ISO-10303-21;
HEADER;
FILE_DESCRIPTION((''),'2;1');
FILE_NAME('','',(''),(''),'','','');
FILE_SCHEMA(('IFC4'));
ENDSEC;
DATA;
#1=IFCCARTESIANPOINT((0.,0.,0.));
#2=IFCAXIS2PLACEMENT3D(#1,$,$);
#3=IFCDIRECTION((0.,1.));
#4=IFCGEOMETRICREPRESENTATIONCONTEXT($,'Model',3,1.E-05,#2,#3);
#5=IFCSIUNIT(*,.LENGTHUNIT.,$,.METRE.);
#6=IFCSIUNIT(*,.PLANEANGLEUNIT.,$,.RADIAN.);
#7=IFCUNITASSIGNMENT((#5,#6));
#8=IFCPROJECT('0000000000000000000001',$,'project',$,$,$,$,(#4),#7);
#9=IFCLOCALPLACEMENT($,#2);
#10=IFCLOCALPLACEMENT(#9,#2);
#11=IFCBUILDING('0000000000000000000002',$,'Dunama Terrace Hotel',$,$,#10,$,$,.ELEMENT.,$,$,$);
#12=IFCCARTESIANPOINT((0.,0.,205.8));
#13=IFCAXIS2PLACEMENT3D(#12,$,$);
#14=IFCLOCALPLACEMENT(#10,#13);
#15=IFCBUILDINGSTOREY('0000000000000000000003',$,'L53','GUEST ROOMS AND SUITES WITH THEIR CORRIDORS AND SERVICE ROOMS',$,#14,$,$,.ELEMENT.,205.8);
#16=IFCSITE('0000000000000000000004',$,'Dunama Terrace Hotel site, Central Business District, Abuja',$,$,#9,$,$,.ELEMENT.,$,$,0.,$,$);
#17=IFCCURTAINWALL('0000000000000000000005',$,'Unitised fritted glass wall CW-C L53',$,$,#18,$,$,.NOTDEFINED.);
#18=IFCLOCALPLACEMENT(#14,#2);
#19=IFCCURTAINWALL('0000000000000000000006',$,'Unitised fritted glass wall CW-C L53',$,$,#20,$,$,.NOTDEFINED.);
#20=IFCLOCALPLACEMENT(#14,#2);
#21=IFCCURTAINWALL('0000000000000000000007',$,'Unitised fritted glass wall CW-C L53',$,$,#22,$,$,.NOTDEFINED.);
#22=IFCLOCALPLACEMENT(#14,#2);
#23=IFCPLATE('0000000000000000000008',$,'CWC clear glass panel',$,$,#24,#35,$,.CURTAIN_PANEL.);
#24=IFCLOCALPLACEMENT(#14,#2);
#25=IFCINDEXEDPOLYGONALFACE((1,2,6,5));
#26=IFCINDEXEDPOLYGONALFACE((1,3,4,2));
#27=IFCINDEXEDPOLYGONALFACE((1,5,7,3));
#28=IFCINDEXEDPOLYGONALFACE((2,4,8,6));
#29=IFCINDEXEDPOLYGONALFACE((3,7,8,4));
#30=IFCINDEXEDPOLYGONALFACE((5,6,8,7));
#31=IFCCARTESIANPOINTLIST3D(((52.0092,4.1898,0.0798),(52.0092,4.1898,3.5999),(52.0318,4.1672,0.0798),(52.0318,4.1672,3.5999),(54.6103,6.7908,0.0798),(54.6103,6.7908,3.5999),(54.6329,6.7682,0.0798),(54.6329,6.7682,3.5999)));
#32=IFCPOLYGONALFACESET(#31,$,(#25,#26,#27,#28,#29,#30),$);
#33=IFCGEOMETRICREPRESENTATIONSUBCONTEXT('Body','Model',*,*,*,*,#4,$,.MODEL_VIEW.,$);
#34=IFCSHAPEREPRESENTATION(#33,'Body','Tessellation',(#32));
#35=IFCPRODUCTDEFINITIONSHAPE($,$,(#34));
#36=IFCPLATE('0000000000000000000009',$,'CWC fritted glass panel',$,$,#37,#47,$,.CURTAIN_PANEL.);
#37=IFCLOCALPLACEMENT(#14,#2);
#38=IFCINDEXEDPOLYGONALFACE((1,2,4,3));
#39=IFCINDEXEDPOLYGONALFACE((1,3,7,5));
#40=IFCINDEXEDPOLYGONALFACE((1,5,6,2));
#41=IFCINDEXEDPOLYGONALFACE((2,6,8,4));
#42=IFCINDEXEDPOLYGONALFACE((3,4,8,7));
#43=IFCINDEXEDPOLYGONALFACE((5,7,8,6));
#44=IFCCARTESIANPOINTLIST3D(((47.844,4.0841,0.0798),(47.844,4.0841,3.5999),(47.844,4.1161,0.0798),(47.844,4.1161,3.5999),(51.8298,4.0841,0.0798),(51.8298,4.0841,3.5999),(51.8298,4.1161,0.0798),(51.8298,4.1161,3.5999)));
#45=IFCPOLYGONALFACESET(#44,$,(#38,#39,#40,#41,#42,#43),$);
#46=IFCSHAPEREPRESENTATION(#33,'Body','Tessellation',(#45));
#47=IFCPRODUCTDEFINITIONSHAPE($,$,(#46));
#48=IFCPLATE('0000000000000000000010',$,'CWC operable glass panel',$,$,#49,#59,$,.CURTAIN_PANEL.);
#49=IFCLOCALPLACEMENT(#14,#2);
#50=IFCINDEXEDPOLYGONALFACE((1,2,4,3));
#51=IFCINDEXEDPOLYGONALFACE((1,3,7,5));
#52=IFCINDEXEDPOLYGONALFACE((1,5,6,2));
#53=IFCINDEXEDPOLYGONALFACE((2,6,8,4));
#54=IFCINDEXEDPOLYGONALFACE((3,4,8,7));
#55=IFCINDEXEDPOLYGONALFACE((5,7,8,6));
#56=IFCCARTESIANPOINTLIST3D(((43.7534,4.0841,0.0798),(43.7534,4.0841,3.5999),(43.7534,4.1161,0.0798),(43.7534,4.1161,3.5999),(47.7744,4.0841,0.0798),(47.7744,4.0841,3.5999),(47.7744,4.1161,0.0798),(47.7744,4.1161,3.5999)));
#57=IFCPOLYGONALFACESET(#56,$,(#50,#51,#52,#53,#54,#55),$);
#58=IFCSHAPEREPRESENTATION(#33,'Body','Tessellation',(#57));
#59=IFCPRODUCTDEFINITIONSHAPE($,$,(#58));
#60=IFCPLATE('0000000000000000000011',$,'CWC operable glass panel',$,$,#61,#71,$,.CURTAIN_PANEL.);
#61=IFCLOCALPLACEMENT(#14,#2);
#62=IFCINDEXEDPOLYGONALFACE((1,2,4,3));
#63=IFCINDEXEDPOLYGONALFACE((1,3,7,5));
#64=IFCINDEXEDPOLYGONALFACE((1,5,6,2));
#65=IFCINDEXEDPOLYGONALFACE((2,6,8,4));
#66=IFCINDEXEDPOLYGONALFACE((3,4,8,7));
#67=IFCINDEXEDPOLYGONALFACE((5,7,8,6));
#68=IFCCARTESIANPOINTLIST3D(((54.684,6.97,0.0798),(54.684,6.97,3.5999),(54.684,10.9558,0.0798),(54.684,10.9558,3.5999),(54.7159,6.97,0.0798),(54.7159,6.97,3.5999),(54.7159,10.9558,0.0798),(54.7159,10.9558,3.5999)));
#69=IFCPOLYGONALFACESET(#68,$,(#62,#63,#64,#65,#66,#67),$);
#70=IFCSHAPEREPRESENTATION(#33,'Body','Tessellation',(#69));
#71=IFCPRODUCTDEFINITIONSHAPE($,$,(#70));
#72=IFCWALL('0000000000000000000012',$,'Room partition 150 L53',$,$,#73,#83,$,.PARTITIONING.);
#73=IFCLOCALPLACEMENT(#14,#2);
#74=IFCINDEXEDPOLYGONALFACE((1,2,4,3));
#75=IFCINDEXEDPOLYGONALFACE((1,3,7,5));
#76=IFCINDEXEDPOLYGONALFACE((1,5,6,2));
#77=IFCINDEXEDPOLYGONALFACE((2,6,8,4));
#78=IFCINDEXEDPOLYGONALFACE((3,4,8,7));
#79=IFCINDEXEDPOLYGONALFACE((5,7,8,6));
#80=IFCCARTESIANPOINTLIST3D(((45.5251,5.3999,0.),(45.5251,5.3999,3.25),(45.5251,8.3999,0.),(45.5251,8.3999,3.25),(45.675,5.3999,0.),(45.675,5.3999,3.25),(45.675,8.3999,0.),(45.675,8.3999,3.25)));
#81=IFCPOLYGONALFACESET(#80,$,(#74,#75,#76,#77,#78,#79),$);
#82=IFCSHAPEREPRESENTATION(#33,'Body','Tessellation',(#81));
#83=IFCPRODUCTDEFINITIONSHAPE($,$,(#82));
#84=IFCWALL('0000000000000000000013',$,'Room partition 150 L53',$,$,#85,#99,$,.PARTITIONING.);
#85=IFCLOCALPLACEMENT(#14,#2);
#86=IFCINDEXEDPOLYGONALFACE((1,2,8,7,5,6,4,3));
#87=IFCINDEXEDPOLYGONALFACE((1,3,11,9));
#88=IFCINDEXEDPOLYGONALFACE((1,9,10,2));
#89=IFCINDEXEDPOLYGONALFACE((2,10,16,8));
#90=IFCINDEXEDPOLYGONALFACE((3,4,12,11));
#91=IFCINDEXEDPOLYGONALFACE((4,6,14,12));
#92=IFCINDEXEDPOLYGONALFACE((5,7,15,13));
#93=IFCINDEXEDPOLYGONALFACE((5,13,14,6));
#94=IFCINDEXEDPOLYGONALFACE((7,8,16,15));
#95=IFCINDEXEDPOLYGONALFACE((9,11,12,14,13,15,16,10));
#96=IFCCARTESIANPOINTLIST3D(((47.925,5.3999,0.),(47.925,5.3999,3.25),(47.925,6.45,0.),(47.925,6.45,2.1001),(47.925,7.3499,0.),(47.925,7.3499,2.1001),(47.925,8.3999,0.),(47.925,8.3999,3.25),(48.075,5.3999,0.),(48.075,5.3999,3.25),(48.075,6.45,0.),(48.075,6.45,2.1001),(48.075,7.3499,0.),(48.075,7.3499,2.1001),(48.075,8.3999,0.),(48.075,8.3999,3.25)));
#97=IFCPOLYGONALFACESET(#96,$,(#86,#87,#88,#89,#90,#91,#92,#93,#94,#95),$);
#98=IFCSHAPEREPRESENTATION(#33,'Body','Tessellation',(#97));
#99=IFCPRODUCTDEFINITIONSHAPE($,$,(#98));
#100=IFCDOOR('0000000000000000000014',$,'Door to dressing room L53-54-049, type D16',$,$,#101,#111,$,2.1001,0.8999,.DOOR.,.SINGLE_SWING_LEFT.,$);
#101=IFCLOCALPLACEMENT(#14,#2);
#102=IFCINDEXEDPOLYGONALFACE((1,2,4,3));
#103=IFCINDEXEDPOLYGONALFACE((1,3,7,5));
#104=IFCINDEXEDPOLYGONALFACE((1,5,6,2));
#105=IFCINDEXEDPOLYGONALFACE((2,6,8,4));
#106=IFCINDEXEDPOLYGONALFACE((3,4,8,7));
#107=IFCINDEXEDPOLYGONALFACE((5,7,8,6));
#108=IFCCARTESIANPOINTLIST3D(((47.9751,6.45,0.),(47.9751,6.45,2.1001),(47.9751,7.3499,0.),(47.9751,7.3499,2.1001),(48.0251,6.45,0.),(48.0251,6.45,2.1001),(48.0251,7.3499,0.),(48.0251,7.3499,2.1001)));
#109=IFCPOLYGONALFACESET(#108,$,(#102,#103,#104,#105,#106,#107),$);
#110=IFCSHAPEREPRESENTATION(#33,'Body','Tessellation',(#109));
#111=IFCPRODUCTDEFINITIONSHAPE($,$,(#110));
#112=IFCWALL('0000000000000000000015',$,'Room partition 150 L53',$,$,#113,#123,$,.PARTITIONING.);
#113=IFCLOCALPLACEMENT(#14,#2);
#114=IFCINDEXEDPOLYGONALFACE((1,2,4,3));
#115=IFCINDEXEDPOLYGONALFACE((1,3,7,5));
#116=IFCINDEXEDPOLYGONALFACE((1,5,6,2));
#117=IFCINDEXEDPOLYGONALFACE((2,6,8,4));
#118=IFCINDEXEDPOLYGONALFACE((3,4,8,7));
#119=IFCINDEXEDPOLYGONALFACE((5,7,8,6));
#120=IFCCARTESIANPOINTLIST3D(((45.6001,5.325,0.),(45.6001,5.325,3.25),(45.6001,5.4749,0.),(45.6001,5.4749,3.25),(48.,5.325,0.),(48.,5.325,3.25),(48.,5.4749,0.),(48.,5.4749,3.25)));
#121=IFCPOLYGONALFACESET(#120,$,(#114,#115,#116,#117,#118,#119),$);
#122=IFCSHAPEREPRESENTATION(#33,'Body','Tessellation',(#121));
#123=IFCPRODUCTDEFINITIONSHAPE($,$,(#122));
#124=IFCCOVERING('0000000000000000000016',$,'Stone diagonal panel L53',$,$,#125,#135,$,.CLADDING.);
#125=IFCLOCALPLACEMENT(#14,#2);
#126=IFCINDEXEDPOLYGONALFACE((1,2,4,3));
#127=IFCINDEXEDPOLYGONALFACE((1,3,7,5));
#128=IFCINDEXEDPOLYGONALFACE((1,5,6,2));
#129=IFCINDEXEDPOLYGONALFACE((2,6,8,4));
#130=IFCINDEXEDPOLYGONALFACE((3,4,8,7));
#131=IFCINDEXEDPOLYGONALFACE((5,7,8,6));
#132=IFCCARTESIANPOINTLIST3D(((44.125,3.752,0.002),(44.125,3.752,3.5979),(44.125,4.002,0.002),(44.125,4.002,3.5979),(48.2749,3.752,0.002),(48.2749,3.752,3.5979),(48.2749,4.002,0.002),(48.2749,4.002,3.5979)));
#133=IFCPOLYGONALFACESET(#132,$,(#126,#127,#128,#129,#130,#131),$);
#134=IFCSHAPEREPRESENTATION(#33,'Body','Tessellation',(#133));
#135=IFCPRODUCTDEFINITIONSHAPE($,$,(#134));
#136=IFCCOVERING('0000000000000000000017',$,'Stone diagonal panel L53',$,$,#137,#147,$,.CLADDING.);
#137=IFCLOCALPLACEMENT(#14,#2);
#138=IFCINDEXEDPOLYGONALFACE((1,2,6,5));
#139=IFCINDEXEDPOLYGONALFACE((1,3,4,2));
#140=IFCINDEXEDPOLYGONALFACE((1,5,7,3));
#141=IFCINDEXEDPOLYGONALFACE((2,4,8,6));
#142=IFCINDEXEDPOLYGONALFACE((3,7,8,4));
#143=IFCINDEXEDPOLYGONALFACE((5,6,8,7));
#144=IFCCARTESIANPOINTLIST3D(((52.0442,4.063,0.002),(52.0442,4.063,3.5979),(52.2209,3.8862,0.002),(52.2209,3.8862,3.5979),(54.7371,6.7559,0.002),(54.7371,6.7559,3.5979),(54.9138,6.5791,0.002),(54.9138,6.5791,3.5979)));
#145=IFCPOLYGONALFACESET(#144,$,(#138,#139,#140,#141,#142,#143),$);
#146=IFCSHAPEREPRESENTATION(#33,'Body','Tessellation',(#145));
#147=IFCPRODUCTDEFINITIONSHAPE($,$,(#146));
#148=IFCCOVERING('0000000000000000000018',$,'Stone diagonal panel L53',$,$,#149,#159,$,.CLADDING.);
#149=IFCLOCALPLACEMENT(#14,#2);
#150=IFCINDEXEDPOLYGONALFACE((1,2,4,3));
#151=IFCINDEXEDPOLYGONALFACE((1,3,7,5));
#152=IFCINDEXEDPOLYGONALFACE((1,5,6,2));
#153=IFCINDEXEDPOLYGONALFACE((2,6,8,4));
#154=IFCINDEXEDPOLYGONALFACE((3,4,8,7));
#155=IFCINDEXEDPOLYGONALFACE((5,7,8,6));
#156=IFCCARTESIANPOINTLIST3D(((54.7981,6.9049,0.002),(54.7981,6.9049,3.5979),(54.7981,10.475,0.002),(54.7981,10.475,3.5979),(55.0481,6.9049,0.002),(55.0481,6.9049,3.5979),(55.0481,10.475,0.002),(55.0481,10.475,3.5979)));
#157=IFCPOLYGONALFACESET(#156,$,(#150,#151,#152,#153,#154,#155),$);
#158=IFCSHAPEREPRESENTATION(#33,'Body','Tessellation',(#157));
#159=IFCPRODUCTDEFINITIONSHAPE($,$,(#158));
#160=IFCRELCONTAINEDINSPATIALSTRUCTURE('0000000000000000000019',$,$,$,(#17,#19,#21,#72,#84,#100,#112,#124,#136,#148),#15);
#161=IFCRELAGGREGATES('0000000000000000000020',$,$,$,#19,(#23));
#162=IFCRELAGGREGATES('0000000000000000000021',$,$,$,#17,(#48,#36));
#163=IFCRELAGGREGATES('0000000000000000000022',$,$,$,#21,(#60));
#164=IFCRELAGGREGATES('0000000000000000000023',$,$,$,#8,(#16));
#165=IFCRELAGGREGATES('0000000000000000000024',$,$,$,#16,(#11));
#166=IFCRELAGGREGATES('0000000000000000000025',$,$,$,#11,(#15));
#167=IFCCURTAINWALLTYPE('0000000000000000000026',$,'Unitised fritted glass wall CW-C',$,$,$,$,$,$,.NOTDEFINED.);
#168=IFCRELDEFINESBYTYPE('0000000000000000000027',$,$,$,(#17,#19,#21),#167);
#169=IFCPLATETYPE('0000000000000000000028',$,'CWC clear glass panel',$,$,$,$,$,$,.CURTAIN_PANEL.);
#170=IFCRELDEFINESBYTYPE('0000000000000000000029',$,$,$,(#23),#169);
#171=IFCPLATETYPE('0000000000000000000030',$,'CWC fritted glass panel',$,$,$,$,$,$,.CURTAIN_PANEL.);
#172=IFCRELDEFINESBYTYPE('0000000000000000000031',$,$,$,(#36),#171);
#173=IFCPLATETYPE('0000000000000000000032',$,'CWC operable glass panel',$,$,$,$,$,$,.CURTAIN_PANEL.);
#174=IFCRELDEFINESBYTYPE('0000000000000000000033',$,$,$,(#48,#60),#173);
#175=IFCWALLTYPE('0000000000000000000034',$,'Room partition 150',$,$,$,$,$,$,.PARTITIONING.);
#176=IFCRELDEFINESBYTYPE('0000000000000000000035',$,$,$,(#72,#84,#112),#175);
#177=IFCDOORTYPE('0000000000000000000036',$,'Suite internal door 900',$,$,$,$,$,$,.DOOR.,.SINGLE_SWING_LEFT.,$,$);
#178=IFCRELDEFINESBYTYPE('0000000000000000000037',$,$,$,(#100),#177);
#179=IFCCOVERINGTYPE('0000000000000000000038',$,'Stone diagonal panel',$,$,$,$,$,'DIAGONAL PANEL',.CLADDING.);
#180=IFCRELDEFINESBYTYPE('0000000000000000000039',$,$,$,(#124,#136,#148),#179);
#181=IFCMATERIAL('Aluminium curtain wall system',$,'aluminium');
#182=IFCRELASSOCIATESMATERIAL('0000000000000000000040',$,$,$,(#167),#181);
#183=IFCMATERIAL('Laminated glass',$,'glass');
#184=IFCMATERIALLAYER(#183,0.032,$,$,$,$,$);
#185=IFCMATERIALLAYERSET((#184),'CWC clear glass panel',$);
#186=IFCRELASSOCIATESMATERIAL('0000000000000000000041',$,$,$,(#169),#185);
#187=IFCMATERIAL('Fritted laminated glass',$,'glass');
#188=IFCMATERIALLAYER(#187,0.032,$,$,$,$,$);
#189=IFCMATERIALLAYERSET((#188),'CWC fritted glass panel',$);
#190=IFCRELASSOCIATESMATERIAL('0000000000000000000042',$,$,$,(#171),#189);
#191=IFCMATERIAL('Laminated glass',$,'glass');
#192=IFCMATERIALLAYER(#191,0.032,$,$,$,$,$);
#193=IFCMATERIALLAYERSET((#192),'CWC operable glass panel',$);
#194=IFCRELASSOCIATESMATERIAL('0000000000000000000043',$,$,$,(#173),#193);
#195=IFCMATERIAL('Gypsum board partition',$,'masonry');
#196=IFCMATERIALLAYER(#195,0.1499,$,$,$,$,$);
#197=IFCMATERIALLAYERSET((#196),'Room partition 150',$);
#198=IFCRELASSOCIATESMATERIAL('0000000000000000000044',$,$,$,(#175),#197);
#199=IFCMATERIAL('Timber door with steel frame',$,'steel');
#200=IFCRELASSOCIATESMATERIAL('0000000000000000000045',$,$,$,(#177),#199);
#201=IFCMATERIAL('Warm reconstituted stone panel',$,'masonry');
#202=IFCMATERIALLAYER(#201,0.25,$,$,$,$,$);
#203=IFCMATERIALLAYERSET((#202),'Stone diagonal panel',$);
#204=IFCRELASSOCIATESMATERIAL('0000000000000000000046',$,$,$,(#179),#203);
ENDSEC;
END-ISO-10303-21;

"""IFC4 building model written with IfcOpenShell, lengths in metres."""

from ifc_helpers import new_model, si_unit, direction, frame, frame_2d, origin, origin_2d, place, context, subcontext, project, spatial, rectangle, extrude, material, layer, layer_set, type_object, element, fill, aggregate, save


model = new_model("IFC4")

# Units and contexts
model_context = context("Model", 3, precision=1e-05, world=origin(), true_north=direction((0.0, 1.0)))
body_context = subcontext(model_context, "Body", "Model", "MODEL_VIEW")
ifc_project = project(units=[si_unit("LENGTHUNIT", "METRE"), si_unit("PLANEANGLEUNIT", "RADIAN")], contexts=[model_context])

# Site, building, storey
site_placement = place(None, origin())
site = spatial("IfcSite", under=ifc_project, at=site_placement, Name="Dunama Terrace Hotel site, Central Business District, Abuja", CompositionType="ELEMENT", RefElevation=0.0)
building_placement = place(site_placement, origin())
building = spatial("IfcBuilding", under=site, at=building_placement, Name="Dunama Terrace Hotel", CompositionType="ELEMENT")
storey_placement = place(building_placement, frame((0.0, 0.0, 205.8)))
storey = spatial("IfcBuildingStorey", under=building, at=storey_placement, Name="L53", Description="GUEST ROOMS AND SUITES WITH THEIR CORRIDORS AND SERVICE ROOMS", CompositionType="ELEMENT", Elevation=205.8)

# Curtain walls
ifc_material_1 = material(Name="Aluminium curtain wall system", Category="aluminium")
curtain_wall_type = type_object("IfcCurtainWallType", Name="Unitised fritted glass wall CW-C", PredefinedType="NOTDEFINED", material=ifc_material_1)
curtain_wall_1_placement = place(storey_placement, origin())
curtain_wall_1 = element("IfcCurtainWall", 1, at=curtain_wall_1_placement, inside=storey, type_object=curtain_wall_type, Name="Unitised fritted glass wall CW-C L53", PredefinedType="NOTDEFINED")
curtain_wall_2_placement = place(storey_placement, origin())
curtain_wall_2 = element("IfcCurtainWall", 2, at=curtain_wall_2_placement, inside=storey, type_object=curtain_wall_type, Name="Unitised fritted glass wall CW-C L53", PredefinedType="NOTDEFINED")
curtain_wall_3_placement = place(storey_placement, origin())
curtain_wall_3 = element("IfcCurtainWall", 3, at=curtain_wall_3_placement, inside=storey, type_object=curtain_wall_type, Name="Unitised fritted glass wall CW-C L53", PredefinedType="NOTDEFINED")

# Plates
ifc_material_2 = material(Name="Laminated glass", Category="glass")
ifc_layer_1 = layer(ifc_material_2, 0.032)
ifc_layer_set_1 = layer_set([ifc_layer_1], Name="CWC clear glass panel")
plate_type_1 = type_object("IfcPlateType", Name="CWC clear glass panel", PredefinedType="CURTAIN_PANEL", material=ifc_layer_set_1)
plate_1_placement = place(storey_placement, frame((53.321, 5.479, 0.0798), z_axis=(0.0, 0.0, 1.0), x_axis=(0.707107, 0.707107, 0.0)))
plate_1 = element("IfcPlate", 4, at=plate_1_placement, type_object=plate_type_1, Name="CWC clear glass panel", PredefinedType="CURTAIN_PANEL", context=body_context, shape_type="SweptSolid", body=[
    extrude(rectangle(XDim=3.6785, YDim=0.032, at=origin_2d()), origin(), (0.0, 0.0, 1.0), 3.52),
])
aggregate(curtain_wall_2, [plate_1])
ifc_material_3 = material(Name="Fritted laminated glass", Category="glass")
ifc_layer_2 = layer(ifc_material_3, 0.032)
ifc_layer_set_2 = layer_set([ifc_layer_2], Name="CWC fritted glass panel")
plate_type_2 = type_object("IfcPlateType", Name="CWC fritted glass panel", PredefinedType="CURTAIN_PANEL", material=ifc_layer_set_2)
plate_2_placement = place(storey_placement, frame((49.8369, 4.1001, 0.0798), z_axis=(0.0, 0.0, 1.0), x_axis=(1.0, 0.0, 0.0)))
plate_2 = element("IfcPlate", 5, at=plate_2_placement, type_object=plate_type_2, Name="CWC fritted glass panel", PredefinedType="CURTAIN_PANEL", context=body_context, shape_type="SweptSolid", body=[
    extrude(rectangle(XDim=3.9858, YDim=0.032, at=origin_2d()), origin(), (0.0, 0.0, 1.0), 3.52),
])
ifc_material_4 = material(Name="Laminated glass", Category="glass")
ifc_layer_3 = layer(ifc_material_4, 0.032)
ifc_layer_set_3 = layer_set([ifc_layer_3], Name="CWC operable glass panel")
plate_type_3 = type_object("IfcPlateType", Name="CWC operable glass panel", PredefinedType="CURTAIN_PANEL", material=ifc_layer_set_3)
plate_3_placement = place(storey_placement, frame((45.7639, 4.1001, 0.0798), z_axis=(0.0, 0.0, 1.0), x_axis=(1.0, 0.0, 0.0)))
plate_3 = element("IfcPlate", 6, at=plate_3_placement, type_object=plate_type_3, Name="CWC operable glass panel", PredefinedType="CURTAIN_PANEL", context=body_context, shape_type="SweptSolid", body=[
    extrude(rectangle(XDim=4.021, YDim=0.032, at=origin_2d()), origin(), (0.0, 0.0, 1.0), 3.52),
])
aggregate(curtain_wall_1, [plate_3, plate_2])
plate_4_placement = place(storey_placement, frame((54.7, 8.9629, 0.0798), z_axis=(0.0, 0.0, 1.0), x_axis=(0.0, 1.0, 0.0)))
plate_4 = element("IfcPlate", 7, at=plate_4_placement, type_object=plate_type_3, Name="CWC operable glass panel", PredefinedType="CURTAIN_PANEL", context=body_context, shape_type="SweptSolid", body=[
    extrude(rectangle(XDim=3.9858, YDim=0.032, at=origin_2d()), origin(), (0.0, 0.0, 1.0), 3.52),
])
aggregate(curtain_wall_3, [plate_4])

# Wall
ifc_material_5 = material(Name="Gypsum board partition", Category="masonry")
ifc_layer_4 = layer(ifc_material_5, 0.1499)
ifc_layer_set_4 = layer_set([ifc_layer_4], Name="Room partition 150")
wall_type = type_object("IfcWallType", Name="Room partition 150", PredefinedType="PARTITIONING", material=ifc_layer_set_4)
wall_1_placement = place(storey_placement, frame((45.6001, 5.3999, 0.0), z_axis=(0.0, 0.0, 1.0), x_axis=(0.0, 1.0, 0.0)))
element("IfcWall", 8, at=wall_1_placement, inside=storey, type_object=wall_type, Name="Room partition 150 L53", PredefinedType="PARTITIONING", context=body_context, shape_type="SweptSolid", body=[
    extrude(rectangle(XDim=3.0, YDim=0.1499, at=frame_2d((1.5, 0.0))), origin(), (0.0, 0.0, 1.0), 3.25),
])

# Wall, opening, door
wall_2_placement = place(storey_placement, frame((48.0, 5.3999, 0.0), z_axis=(0.0, 0.0, 1.0), x_axis=(0.0, 1.0, 0.0)))
wall_2 = element("IfcWall", 9, at=wall_2_placement, inside=storey, type_object=wall_type, Name="Room partition 150 L53", PredefinedType="PARTITIONING", context=body_context, shape_type="SweptSolid", body=[
    extrude(rectangle(XDim=3.0, YDim=0.1499, at=frame_2d((1.5, 0.0))), origin(), (0.0, 0.0, 1.0), 3.25),
])
opening_placement = place(wall_2_placement, frame((1.05, 0.0, 0.0)))
opening = element("IfcOpeningElement", 10, at=opening_placement, cuts=wall_2, PredefinedType="OPENING", context=body_context, shape_type="SweptSolid", body=[
    extrude(rectangle(XDim=0.8999, YDim=2.1001, at=frame_2d((0.45, 1.05))), frame((0.0, 0.085, 0.0), z_axis=(0.0, -1.0, 0.0), x_axis=(1.0, 0.0, 0.0)), (0.0, 0.0, 1.0), 0.1699),
])
ifc_material_6 = material(Name="Timber door with steel frame", Category="steel")
door_type = type_object("IfcDoorType", Name="Suite internal door 900", OperationType="SINGLE_SWING_LEFT", PredefinedType="DOOR", material=ifc_material_6)
door_placement = place(opening_placement, origin())
door = element("IfcDoor", 11, at=door_placement, inside=storey, type_object=door_type, Name="Door to dressing room L53-54-049, type D16", OperationType="SINGLE_SWING_LEFT", OverallHeight=2.1001, OverallWidth=0.8999, PredefinedType="DOOR", context=body_context, shape_type="SweptSolid", body=[
    extrude(rectangle(XDim=0.8999, YDim=2.1001, at=frame_2d((0.45, 1.05))), frame((0.0, 0.0249, 0.0), z_axis=(0.0, -1.0, 0.0), x_axis=(1.0, 0.0, 0.0)), (0.0, 0.0, 1.0), 0.05),
])
fill(opening, door)

# Wall
wall_3_placement = place(storey_placement, frame((45.6001, 5.3999, 0.0), z_axis=(0.0, 0.0, 1.0), x_axis=(1.0, 0.0, 0.0)))
element("IfcWall", 12, at=wall_3_placement, inside=storey, type_object=wall_type, Name="Room partition 150 L53", PredefinedType="PARTITIONING", context=body_context, shape_type="SweptSolid", body=[
    extrude(rectangle(XDim=2.3999, YDim=0.1499, at=frame_2d((1.2, 0.0))), origin(), (0.0, 0.0, 1.0), 3.25),
])

# Coverings
ifc_material_7 = material(Name="Warm reconstituted stone panel", Category="masonry")
ifc_layer_5 = layer(ifc_material_7, 0.25)
ifc_layer_set_5 = layer_set([ifc_layer_5], Name="Stone diagonal panel")
covering_type = type_object("IfcCoveringType", Name="Stone diagonal panel", ElementType="DIAGONAL PANEL", PredefinedType="CLADDING", material=ifc_layer_set_5)
covering_1_placement = place(storey_placement, frame((46.2, 3.877, 0.002), z_axis=(0.0, 0.0, 1.0), x_axis=(1.0, 0.0, 0.0)))
element("IfcCovering", 13, at=covering_1_placement, inside=storey, type_object=covering_type, Name="Stone diagonal panel L53", PredefinedType="CLADDING", context=body_context, shape_type="SweptSolid", body=[
    extrude(rectangle(XDim=4.1499, YDim=0.25, at=origin_2d()), origin(), (0.0, 0.0, 1.0), 3.5959),
])
covering_2_placement = place(storey_placement, frame((53.479, 5.321, 0.002), z_axis=(0.0, 0.0, 1.0), x_axis=(0.707107, 0.707107, 0.0)))
element("IfcCovering", 14, at=covering_2_placement, inside=storey, type_object=covering_type, Name="Stone diagonal panel L53", PredefinedType="CLADDING", context=body_context, shape_type="SweptSolid", body=[
    extrude(rectangle(XDim=3.8083, YDim=0.25, at=origin_2d()), origin(), (0.0, 0.0, 1.0), 3.5959),
])
covering_3_placement = place(storey_placement, frame((54.9231, 8.6899, 0.002), z_axis=(0.0, 0.0, 1.0), x_axis=(0.0, 1.0, 0.0)))
element("IfcCovering", 15, at=covering_3_placement, inside=storey, type_object=covering_type, Name="Stone diagonal panel L53", PredefinedType="CLADDING", context=body_context, shape_type="SweptSolid", body=[
    extrude(rectangle(XDim=3.5701, YDim=0.25, at=origin_2d()), origin(), (0.0, 0.0, 1.0), 3.5959),
])

save(model, "model.ifc")
